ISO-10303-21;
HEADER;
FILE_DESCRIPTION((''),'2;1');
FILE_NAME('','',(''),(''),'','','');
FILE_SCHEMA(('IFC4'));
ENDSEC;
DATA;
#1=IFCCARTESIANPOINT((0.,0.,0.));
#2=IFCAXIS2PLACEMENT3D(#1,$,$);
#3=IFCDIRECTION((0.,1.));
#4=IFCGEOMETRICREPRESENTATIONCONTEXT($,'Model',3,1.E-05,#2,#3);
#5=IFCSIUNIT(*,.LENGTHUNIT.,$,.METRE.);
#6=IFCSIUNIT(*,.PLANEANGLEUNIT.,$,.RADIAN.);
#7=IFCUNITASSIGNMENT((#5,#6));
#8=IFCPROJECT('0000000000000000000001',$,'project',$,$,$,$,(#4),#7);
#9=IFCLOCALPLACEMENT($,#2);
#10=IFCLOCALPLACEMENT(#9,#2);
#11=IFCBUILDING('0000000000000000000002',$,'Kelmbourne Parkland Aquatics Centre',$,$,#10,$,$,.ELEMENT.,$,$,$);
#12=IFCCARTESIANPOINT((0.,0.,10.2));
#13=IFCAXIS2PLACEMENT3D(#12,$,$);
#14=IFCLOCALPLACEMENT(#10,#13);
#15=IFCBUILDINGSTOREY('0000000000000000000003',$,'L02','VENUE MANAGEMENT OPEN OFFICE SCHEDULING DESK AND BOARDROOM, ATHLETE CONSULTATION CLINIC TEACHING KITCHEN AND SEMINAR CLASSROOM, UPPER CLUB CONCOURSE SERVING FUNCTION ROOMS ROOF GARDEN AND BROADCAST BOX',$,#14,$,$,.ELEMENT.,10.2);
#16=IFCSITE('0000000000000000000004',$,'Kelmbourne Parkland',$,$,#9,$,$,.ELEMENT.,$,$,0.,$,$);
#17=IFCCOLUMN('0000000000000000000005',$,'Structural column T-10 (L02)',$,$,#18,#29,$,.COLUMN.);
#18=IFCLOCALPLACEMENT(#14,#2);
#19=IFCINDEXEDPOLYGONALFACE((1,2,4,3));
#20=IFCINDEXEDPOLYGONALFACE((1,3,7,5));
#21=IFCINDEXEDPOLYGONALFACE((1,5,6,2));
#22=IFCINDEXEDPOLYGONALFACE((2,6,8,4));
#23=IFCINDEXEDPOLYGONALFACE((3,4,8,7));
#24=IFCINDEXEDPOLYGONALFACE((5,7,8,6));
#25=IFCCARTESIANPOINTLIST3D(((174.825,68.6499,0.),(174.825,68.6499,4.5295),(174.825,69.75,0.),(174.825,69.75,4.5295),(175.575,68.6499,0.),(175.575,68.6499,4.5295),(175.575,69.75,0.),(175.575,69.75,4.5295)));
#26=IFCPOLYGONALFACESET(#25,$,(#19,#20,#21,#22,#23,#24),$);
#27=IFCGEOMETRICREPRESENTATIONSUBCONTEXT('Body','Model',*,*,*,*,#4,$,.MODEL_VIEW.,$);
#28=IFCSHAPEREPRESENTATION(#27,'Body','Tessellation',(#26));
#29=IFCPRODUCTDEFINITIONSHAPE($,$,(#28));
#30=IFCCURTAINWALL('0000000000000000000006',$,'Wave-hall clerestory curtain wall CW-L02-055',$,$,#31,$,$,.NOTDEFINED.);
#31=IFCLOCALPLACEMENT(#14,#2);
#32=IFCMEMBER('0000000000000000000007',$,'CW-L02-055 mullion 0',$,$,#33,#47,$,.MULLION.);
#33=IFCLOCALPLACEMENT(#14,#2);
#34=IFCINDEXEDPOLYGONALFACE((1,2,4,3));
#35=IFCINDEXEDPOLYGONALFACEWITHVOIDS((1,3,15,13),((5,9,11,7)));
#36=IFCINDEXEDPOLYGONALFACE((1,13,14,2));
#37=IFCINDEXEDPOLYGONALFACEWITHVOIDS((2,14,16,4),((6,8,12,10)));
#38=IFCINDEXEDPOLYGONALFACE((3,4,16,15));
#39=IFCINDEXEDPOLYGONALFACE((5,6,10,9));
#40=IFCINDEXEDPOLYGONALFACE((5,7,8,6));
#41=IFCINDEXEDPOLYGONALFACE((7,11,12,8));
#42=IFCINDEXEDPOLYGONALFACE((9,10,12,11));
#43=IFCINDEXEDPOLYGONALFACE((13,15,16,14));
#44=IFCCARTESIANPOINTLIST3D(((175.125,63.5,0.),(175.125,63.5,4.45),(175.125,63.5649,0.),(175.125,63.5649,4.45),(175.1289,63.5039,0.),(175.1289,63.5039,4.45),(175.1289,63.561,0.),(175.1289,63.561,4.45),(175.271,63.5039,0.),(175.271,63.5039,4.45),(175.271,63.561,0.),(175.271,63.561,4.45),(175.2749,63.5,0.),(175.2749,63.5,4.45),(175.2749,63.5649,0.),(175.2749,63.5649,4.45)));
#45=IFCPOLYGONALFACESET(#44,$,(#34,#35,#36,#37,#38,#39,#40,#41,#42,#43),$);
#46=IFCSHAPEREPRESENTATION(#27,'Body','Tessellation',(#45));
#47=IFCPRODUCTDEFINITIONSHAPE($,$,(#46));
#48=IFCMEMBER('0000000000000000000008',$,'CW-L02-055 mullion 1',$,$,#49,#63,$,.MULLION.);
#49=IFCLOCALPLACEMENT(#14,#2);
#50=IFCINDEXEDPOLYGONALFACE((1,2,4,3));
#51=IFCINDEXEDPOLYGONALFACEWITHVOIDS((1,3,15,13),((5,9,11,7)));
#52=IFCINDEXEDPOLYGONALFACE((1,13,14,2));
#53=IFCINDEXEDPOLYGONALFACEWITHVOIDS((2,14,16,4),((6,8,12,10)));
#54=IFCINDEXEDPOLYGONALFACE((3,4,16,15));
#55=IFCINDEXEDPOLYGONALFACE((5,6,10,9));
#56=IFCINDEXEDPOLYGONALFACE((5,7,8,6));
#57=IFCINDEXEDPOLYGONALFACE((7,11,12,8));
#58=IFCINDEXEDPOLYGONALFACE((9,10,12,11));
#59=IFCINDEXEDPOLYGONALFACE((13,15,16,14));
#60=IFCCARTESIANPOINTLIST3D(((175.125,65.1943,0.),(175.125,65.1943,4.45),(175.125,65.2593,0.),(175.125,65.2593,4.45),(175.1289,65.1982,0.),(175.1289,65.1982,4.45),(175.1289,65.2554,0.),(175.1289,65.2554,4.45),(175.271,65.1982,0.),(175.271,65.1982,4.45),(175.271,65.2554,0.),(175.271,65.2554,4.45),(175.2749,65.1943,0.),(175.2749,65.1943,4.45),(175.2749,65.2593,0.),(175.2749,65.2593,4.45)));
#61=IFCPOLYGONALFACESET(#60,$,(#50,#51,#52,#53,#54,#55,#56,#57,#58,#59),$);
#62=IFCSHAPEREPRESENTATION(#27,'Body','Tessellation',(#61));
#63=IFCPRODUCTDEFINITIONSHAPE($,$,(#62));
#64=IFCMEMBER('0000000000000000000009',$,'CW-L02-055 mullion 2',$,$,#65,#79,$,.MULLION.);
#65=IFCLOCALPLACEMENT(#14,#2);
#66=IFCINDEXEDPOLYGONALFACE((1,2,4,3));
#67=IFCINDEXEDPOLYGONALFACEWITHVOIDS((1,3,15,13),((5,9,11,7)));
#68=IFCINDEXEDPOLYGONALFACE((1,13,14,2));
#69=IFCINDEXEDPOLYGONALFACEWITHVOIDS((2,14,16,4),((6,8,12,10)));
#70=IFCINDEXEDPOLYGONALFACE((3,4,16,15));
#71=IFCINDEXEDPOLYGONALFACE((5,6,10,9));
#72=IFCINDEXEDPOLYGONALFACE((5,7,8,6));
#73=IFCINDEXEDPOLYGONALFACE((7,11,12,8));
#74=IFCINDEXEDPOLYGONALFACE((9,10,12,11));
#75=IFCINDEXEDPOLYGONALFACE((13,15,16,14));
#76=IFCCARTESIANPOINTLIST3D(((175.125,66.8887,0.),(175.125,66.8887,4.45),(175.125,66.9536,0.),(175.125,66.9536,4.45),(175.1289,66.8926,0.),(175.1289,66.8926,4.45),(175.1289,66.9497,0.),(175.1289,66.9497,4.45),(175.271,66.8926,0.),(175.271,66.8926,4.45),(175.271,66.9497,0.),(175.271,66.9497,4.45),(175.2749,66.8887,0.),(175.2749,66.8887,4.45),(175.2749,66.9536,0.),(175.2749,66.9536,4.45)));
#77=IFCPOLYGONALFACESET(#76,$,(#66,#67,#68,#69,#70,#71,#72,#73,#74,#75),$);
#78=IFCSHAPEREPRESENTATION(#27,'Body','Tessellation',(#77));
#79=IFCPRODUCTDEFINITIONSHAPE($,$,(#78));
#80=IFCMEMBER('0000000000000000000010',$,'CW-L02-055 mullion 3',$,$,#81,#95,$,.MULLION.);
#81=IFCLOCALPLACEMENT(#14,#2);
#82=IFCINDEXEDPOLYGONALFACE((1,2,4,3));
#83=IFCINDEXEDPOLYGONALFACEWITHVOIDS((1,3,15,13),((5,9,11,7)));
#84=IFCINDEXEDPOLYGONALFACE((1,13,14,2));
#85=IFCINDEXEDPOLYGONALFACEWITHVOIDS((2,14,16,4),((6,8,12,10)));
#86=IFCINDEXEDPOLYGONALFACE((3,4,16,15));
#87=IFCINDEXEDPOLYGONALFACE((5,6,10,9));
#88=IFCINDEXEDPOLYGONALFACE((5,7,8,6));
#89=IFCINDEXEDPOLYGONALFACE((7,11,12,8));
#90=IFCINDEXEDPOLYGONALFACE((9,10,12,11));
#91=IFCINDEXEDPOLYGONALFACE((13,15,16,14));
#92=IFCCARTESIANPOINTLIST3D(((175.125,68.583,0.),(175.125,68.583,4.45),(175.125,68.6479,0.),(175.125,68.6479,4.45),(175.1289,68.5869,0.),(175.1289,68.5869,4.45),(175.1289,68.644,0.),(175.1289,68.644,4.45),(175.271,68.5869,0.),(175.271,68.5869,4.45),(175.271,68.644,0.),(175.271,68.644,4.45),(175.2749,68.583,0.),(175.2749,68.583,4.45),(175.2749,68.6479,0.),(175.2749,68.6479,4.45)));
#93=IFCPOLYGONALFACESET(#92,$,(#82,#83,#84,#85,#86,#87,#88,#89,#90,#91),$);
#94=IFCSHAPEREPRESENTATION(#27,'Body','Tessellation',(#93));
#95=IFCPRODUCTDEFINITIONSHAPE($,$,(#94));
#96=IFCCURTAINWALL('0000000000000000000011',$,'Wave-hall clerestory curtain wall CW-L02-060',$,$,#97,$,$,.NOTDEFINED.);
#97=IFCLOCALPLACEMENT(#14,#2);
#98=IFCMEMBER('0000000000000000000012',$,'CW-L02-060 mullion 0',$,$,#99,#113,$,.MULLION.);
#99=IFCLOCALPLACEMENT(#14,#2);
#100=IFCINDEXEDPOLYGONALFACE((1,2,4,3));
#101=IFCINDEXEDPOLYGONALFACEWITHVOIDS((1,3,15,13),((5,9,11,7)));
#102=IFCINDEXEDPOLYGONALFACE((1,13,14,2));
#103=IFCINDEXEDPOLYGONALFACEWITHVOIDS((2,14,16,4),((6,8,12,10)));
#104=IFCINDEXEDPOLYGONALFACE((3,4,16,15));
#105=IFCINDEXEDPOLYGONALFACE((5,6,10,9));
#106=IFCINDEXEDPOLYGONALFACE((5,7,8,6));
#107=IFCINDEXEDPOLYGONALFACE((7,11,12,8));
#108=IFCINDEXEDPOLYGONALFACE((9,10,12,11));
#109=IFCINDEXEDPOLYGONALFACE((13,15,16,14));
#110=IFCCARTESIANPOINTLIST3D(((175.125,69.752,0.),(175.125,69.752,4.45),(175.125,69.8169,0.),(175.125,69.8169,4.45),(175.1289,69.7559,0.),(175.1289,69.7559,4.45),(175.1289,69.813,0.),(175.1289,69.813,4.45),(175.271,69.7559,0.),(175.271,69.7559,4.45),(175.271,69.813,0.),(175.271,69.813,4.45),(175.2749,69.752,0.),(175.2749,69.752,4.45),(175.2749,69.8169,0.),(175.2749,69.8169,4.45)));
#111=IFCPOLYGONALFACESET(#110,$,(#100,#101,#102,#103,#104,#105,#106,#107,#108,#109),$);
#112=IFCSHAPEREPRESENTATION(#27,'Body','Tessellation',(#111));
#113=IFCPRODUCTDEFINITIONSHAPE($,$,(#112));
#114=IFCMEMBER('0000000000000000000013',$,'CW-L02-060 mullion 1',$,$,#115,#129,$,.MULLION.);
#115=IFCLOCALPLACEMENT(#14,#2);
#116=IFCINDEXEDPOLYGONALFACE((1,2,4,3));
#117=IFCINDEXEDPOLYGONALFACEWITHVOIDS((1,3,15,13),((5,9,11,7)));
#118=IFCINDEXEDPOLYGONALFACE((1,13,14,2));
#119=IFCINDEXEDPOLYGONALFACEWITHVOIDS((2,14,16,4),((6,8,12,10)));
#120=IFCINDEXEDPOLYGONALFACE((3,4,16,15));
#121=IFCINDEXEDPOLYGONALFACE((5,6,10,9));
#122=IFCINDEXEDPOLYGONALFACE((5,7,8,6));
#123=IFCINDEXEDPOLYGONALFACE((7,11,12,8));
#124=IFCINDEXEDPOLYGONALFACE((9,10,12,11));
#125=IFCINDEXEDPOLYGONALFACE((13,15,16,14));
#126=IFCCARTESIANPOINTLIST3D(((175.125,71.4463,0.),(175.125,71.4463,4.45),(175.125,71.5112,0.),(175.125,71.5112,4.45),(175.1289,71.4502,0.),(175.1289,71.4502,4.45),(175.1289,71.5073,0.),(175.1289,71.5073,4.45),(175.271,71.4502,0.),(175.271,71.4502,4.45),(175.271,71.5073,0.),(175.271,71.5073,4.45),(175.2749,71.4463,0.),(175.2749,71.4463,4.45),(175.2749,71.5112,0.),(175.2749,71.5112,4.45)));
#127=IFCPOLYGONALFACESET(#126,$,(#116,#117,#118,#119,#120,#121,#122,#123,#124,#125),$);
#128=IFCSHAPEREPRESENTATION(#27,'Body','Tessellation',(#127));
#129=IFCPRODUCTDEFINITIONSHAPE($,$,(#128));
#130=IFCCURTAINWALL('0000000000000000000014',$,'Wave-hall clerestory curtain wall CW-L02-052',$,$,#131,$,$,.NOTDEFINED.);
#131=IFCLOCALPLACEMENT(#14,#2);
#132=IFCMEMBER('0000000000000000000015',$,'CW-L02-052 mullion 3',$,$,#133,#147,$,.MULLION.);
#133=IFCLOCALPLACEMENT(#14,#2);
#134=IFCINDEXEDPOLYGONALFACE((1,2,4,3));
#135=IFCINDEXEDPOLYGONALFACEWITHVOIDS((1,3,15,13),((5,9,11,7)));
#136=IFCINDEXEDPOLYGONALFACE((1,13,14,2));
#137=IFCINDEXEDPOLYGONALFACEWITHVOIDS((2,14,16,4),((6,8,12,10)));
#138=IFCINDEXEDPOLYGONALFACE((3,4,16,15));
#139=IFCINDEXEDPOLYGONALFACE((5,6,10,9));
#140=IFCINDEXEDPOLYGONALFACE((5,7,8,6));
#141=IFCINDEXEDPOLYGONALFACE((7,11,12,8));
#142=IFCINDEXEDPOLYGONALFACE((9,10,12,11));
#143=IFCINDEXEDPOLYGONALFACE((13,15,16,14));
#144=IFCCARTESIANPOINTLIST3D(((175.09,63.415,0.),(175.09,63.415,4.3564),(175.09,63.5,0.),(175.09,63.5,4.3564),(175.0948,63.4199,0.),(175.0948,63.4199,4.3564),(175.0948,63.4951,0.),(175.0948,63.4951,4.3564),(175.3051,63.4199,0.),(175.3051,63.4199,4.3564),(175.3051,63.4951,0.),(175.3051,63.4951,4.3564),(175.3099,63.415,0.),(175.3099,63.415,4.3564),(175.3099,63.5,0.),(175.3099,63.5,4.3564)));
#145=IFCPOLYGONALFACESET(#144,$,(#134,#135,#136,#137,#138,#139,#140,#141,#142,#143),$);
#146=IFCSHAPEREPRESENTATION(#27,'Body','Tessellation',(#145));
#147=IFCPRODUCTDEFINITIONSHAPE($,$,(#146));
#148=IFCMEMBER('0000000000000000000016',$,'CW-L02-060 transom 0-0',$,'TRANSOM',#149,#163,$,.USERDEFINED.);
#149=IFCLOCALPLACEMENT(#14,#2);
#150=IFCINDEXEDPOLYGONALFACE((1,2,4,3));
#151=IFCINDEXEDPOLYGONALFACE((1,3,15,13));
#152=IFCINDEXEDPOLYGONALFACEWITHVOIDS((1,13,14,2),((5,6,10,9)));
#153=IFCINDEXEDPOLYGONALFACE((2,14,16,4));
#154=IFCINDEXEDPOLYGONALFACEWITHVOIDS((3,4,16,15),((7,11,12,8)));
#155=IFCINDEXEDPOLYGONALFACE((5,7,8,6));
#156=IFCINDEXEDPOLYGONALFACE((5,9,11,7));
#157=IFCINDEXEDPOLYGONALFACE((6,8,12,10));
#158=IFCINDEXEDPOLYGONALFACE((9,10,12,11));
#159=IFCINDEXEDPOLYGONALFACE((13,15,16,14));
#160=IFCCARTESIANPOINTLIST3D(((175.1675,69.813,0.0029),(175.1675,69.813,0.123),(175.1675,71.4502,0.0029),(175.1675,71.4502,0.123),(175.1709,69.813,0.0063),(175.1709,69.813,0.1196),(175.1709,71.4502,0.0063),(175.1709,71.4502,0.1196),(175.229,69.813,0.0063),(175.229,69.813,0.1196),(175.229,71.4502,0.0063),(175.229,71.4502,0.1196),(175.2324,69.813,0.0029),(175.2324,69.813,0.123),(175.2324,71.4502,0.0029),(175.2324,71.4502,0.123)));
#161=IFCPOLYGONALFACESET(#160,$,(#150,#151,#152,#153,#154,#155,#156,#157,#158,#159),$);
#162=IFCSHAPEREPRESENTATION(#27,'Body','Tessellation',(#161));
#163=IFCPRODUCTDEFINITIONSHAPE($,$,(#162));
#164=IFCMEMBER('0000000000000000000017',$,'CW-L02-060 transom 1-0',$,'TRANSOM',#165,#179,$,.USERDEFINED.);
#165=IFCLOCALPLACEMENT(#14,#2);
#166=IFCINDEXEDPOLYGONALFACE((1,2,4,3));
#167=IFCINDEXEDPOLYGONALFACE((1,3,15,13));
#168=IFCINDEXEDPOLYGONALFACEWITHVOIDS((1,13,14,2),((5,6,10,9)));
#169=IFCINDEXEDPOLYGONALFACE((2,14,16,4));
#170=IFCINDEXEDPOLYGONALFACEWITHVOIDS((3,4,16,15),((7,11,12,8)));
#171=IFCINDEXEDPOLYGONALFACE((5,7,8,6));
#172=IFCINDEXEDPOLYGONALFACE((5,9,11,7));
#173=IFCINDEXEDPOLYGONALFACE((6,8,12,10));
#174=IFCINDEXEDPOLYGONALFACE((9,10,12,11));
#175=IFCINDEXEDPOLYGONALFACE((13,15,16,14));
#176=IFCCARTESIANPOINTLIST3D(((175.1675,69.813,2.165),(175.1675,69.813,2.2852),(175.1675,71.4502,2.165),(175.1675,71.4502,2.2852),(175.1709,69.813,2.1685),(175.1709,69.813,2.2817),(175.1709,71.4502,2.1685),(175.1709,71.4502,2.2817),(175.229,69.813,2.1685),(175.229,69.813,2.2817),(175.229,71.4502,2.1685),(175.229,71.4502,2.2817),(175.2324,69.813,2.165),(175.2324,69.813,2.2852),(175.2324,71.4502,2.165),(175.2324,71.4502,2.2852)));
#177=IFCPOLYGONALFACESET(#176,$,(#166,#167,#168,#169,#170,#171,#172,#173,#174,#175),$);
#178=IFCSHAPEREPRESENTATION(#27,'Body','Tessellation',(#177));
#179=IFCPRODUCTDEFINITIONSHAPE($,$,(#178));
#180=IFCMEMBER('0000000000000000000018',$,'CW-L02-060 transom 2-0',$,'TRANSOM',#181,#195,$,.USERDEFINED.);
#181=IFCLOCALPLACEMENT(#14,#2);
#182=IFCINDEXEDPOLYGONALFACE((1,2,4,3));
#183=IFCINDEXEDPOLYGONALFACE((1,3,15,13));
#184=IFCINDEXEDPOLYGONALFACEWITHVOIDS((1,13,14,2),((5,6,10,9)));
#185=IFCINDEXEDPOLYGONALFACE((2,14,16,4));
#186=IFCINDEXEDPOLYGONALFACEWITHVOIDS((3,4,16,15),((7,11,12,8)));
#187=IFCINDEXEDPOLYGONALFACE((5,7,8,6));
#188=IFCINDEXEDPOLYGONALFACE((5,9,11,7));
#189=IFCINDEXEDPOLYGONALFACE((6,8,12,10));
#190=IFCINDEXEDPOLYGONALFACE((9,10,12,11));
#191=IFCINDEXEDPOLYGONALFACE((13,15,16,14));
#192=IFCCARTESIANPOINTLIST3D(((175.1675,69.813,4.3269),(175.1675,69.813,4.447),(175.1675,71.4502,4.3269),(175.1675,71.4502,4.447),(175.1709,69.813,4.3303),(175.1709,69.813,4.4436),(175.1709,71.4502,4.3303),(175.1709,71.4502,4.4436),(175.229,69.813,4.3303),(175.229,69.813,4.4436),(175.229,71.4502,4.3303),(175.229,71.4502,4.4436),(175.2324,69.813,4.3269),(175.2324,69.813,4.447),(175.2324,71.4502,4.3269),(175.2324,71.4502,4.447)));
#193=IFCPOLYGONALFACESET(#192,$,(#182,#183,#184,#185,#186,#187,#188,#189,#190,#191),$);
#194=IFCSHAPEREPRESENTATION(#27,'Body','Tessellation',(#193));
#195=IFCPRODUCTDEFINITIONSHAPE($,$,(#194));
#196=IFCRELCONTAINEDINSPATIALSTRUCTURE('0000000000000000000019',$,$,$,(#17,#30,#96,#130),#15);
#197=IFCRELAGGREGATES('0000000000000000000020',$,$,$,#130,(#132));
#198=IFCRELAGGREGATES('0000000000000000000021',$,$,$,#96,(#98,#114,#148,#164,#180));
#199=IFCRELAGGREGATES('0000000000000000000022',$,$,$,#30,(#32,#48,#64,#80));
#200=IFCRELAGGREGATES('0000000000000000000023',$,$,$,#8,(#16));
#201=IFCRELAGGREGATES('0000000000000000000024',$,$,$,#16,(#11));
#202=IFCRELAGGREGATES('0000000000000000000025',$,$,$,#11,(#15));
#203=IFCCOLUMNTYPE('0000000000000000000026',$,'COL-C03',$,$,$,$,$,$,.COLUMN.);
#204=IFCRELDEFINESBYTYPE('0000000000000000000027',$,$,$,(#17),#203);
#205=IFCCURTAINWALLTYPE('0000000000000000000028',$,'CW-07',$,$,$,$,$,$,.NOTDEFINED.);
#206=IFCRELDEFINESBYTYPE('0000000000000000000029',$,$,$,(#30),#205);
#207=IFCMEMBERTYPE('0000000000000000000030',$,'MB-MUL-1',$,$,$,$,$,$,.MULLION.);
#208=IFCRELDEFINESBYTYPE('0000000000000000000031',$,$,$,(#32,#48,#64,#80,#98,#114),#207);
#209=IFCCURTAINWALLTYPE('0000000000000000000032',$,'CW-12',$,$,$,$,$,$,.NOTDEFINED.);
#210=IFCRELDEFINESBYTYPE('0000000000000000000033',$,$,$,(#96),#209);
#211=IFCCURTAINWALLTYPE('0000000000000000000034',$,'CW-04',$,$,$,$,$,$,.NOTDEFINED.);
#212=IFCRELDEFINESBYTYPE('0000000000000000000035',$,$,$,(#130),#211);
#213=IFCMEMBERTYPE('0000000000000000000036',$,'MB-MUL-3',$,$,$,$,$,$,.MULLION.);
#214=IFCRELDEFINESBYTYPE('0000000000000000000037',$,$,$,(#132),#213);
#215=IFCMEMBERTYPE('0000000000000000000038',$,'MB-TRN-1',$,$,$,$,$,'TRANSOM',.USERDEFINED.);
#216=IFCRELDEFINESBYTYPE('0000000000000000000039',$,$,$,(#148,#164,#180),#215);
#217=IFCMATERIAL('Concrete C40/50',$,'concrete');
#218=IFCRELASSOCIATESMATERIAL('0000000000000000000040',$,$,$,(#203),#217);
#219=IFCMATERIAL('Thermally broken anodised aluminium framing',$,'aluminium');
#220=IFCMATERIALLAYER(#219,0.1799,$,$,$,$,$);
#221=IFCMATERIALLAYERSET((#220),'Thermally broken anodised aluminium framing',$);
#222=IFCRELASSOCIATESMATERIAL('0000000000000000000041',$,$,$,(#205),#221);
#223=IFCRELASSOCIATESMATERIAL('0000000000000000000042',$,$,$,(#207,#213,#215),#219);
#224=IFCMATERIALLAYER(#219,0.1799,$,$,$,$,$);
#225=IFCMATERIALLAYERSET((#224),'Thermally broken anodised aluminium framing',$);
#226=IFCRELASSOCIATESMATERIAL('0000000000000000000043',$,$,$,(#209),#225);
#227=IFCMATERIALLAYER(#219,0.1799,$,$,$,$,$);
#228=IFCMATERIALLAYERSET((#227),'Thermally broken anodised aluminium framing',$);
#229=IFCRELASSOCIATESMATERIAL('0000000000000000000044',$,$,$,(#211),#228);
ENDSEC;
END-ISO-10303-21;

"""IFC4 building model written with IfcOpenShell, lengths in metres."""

from ifc_helpers import new_model, si_unit, direction, frame, origin, origin_2d, place, context, subcontext, project, spatial, rectangle, hollow_rectangle, extrude, material, layer, layer_set, material_profile, profile_set, type_object, element, aggregate, save


model = new_model("IFC4")

# Units and contexts
model_context = context("Model", 3, precision=1e-05, world=origin(), true_north=direction((0.0, 1.0)))
body_context = subcontext(model_context, "Body", "Model", "MODEL_VIEW")
ifc_project = project(units=[si_unit("LENGTHUNIT", "METRE"), si_unit("PLANEANGLEUNIT", "RADIAN")], contexts=[model_context])

# Site, building, storey
site_placement = place(None, origin())
site = spatial("IfcSite", under=ifc_project, at=site_placement, Name="Kelmbourne Parkland", CompositionType="ELEMENT", RefElevation=0.0)
building_placement = place(site_placement, origin())
building = spatial("IfcBuilding", under=site, at=building_placement, Name="Kelmbourne Parkland Aquatics Centre", CompositionType="ELEMENT")
storey_placement = place(building_placement, frame((0.0, 0.0, 10.2)))
storey = spatial("IfcBuildingStorey", under=building, at=storey_placement, Name="L02", Description="VENUE MANAGEMENT OPEN OFFICE SCHEDULING DESK AND BOARDROOM, ATHLETE CONSULTATION CLINIC TEACHING KITCHEN AND SEMINAR CLASSROOM, UPPER CLUB CONCOURSE SERVING FUNCTION ROOMS ROOF GARDEN AND BROADCAST BOX", CompositionType="ELEMENT", Elevation=10.2)

# Column
ifc_material_1 = material(Name="Concrete C40/50", Category="concrete")
ifc_material_profile_1 = material_profile(ifc_material_1, rectangle(XDim=0.75, YDim=1.1001, at=origin_2d()), Name="RC 750x1100")
ifc_profile_set_1 = profile_set([ifc_material_profile_1], Name="Concrete C40/50")
column_type = type_object("IfcColumnType", Name="COL-C03", PredefinedType="COLUMN", material=ifc_profile_set_1)
column_placement = place(storey_placement, frame((175.2, 69.2, 0.0), z_axis=(0.0, 0.0, 1.0), x_axis=(1.0, 0.0, 0.0)))
element("IfcColumn", 1, at=column_placement, inside=storey, type_object=column_type, Name="Structural column T-10 (L02)", PredefinedType="COLUMN", context=body_context, shape_type="SweptSolid", body=[
    extrude(rectangle(XDim=0.75, YDim=1.1001, at=origin_2d()), origin(), (0.0, 0.0, 1.0), 4.5295),
])

# Curtain walls, members
ifc_material_2 = material(Name="Thermally broken anodised aluminium framing", Category="aluminium")
ifc_layer_1 = layer(ifc_material_2, 0.1799)
ifc_layer_set_1 = layer_set([ifc_layer_1], Name="Thermally broken anodised aluminium framing")
curtain_wall_type_1 = type_object("IfcCurtainWallType", Name="CW-07", PredefinedType="NOTDEFINED", material=ifc_layer_set_1)
curtain_wall_1_placement = place(storey_placement, origin())
curtain_wall_1 = element("IfcCurtainWall", 2, at=curtain_wall_1_placement, inside=storey, type_object=curtain_wall_type_1, Name="Wave-hall clerestory curtain wall CW-L02-055", PredefinedType="NOTDEFINED")
ifc_material_profile_2 = material_profile(ifc_material_2, hollow_rectangle(XDim=0.0649, YDim=0.1499, WallThickness=0.0039, at=origin_2d()), Name="CW-M 65x150")
ifc_profile_set_2 = profile_set([ifc_material_profile_2], Name="Thermally broken anodised aluminium framing")
member_type_1 = type_object("IfcMemberType", Name="MB-MUL-1", PredefinedType="MULLION", material=ifc_profile_set_2)
member_1_placement = place(storey_placement, frame((175.2, 63.5325, 0.0), z_axis=(0.0, 0.0, 1.0), x_axis=(0.0, 1.0, 0.0)))
member_1 = element("IfcMember", 3, at=member_1_placement, type_object=member_type_1, Name="CW-L02-055 mullion 0", PredefinedType="MULLION", context=body_context, shape_type="SweptSolid", body=[
    extrude(hollow_rectangle(XDim=0.0649, YDim=0.1499, WallThickness=0.0039, at=origin_2d()), origin(), (0.0, 0.0, 1.0), 4.45),
])
member_2_placement = place(storey_placement, frame((175.2, 65.2268, 0.0), z_axis=(0.0, 0.0, 1.0), x_axis=(0.0, 1.0, 0.0)))
member_2 = element("IfcMember", 4, at=member_2_placement, type_object=member_type_1, Name="CW-L02-055 mullion 1", PredefinedType="MULLION", context=body_context, shape_type="SweptSolid", body=[
    extrude(hollow_rectangle(XDim=0.0649, YDim=0.1499, WallThickness=0.0039, at=origin_2d()), origin(), (0.0, 0.0, 1.0), 4.45),
])
member_3_placement = place(storey_placement, frame((175.2, 66.9211, 0.0), z_axis=(0.0, 0.0, 1.0), x_axis=(0.0, 1.0, 0.0)))
member_3 = element("IfcMember", 5, at=member_3_placement, type_object=member_type_1, Name="CW-L02-055 mullion 2", PredefinedType="MULLION", context=body_context, shape_type="SweptSolid", body=[
    extrude(hollow_rectangle(XDim=0.0649, YDim=0.1499, WallThickness=0.0039, at=origin_2d()), origin(), (0.0, 0.0, 1.0), 4.45),
])
member_4_placement = place(storey_placement, frame((175.2, 68.6155, 0.0), z_axis=(0.0, 0.0, 1.0), x_axis=(0.0, 1.0, 0.0)))
member_4 = element("IfcMember", 6, at=member_4_placement, type_object=member_type_1, Name="CW-L02-055 mullion 3", PredefinedType="MULLION", context=body_context, shape_type="SweptSolid", body=[
    extrude(hollow_rectangle(XDim=0.0649, YDim=0.1499, WallThickness=0.0039, at=origin_2d()), origin(), (0.0, 0.0, 1.0), 4.45),
])
ifc_layer_2 = layer(ifc_material_2, 0.1799)
ifc_layer_set_2 = layer_set([ifc_layer_2], Name="Thermally broken anodised aluminium framing")
curtain_wall_type_2 = type_object("IfcCurtainWallType", Name="CW-12", PredefinedType="NOTDEFINED", material=ifc_layer_set_2)
curtain_wall_2_placement = place(storey_placement, origin())
curtain_wall_2 = element("IfcCurtainWall", 7, at=curtain_wall_2_placement, inside=storey, type_object=curtain_wall_type_2, Name="Wave-hall clerestory curtain wall CW-L02-060", PredefinedType="NOTDEFINED")
member_5_placement = place(storey_placement, frame((175.2, 69.7844, 0.0), z_axis=(0.0, 0.0, 1.0), x_axis=(0.0, 1.0, 0.0)))
member_5 = element("IfcMember", 8, at=member_5_placement, type_object=member_type_1, Name="CW-L02-060 mullion 0", PredefinedType="MULLION", context=body_context, shape_type="SweptSolid", body=[
    extrude(hollow_rectangle(XDim=0.0649, YDim=0.1499, WallThickness=0.0039, at=origin_2d()), origin(), (0.0, 0.0, 1.0), 4.45),
])
member_6_placement = place(storey_placement, frame((175.2, 71.4788, 0.0), z_axis=(0.0, 0.0, 1.0), x_axis=(0.0, 1.0, 0.0)))
member_6 = element("IfcMember", 9, at=member_6_placement, type_object=member_type_1, Name="CW-L02-060 mullion 1", PredefinedType="MULLION", context=body_context, shape_type="SweptSolid", body=[
    extrude(hollow_rectangle(XDim=0.0649, YDim=0.1499, WallThickness=0.0039, at=origin_2d()), origin(), (0.0, 0.0, 1.0), 4.45),
])

# Curtain wall, member
ifc_layer_3 = layer(ifc_material_2, 0.1799)
ifc_layer_set_3 = layer_set([ifc_layer_3], Name="Thermally broken anodised aluminium framing")
curtain_wall_type_3 = type_object("IfcCurtainWallType", Name="CW-04", PredefinedType="NOTDEFINED", material=ifc_layer_set_3)
curtain_wall_3_placement = place(storey_placement, origin())
curtain_wall_3 = element("IfcCurtainWall", 10, at=curtain_wall_3_placement, inside=storey, type_object=curtain_wall_type_3, Name="Wave-hall clerestory curtain wall CW-L02-052", PredefinedType="NOTDEFINED")
ifc_material_profile_3 = material_profile(ifc_material_2, hollow_rectangle(XDim=0.085, YDim=0.22, WallThickness=0.0049, at=origin_2d()), Name="CW-M 85x220")
ifc_profile_set_3 = profile_set([ifc_material_profile_3], Name="Thermally broken anodised aluminium framing")
member_type_2 = type_object("IfcMemberType", Name="MB-MUL-3", PredefinedType="MULLION", material=ifc_profile_set_3)
member_7_placement = place(storey_placement, frame((175.2, 63.4575, 0.0), z_axis=(0.0, 0.0, 1.0), x_axis=(0.0, 1.0, 0.0)))
member_7 = element("IfcMember", 11, at=member_7_placement, type_object=member_type_2, Name="CW-L02-052 mullion 3", PredefinedType="MULLION", context=body_context, shape_type="SweptSolid", body=[
    extrude(hollow_rectangle(XDim=0.085, YDim=0.22, WallThickness=0.0049, at=origin_2d()), origin(), (0.0, 0.0, 1.0), 4.3564),
])
aggregate(curtain_wall_3, [member_7])

# Members
ifc_material_profile_4 = material_profile(ifc_material_2, hollow_rectangle(XDim=0.0649, YDim=0.1201, WallThickness=0.0034, at=origin_2d()), Name="CW-T 65x120")
ifc_profile_set_4 = profile_set([ifc_material_profile_4], Name="Thermally broken anodised aluminium framing")
member_type_3 = type_object("IfcMemberType", Name="MB-TRN-1", ElementType="TRANSOM", PredefinedType="USERDEFINED", material=ifc_profile_set_4)
member_8_placement = place(storey_placement, frame((175.2, 69.813, 0.063), z_axis=(0.0, 1.0, 0.0), x_axis=(-1.0, 0.0, 0.0)))
member_8 = element("IfcMember", 12, at=member_8_placement, type_object=member_type_3, Name="CW-L02-060 transom 0-0", ObjectType="TRANSOM", PredefinedType="USERDEFINED", context=body_context, shape_type="SweptSolid", body=[
    extrude(hollow_rectangle(XDim=0.0649, YDim=0.1201, WallThickness=0.0034, at=origin_2d()), origin(), (0.0, 0.0, 1.0), 1.6372),
])
member_9_placement = place(storey_placement, frame((175.2, 69.813, 2.2251), z_axis=(0.0, 1.0, 0.0), x_axis=(-1.0, 0.0, 0.0)))
member_9 = element("IfcMember", 13, at=member_9_placement, type_object=member_type_3, Name="CW-L02-060 transom 1-0", ObjectType="TRANSOM", PredefinedType="USERDEFINED", context=body_context, shape_type="SweptSolid", body=[
    extrude(hollow_rectangle(XDim=0.0649, YDim=0.1201, WallThickness=0.0034, at=origin_2d()), origin(), (0.0, 0.0, 1.0), 1.6372),
])
member_10_placement = place(storey_placement, frame((175.2, 69.813, 4.387), z_axis=(0.0, 1.0, 0.0), x_axis=(-1.0, 0.0, 0.0)))
member_10 = element("IfcMember", 14, at=member_10_placement, type_object=member_type_3, Name="CW-L02-060 transom 2-0", ObjectType="TRANSOM", PredefinedType="USERDEFINED", context=body_context, shape_type="SweptSolid", body=[
    extrude(hollow_rectangle(XDim=0.0649, YDim=0.1201, WallThickness=0.0034, at=origin_2d()), origin(), (0.0, 0.0, 1.0), 1.6372),
])

aggregate(curtain_wall_2, [member_5, member_6, member_8, member_9, member_10])
aggregate(curtain_wall_1, [member_1, member_2, member_3, member_4])

save(model, "model.ifc")
